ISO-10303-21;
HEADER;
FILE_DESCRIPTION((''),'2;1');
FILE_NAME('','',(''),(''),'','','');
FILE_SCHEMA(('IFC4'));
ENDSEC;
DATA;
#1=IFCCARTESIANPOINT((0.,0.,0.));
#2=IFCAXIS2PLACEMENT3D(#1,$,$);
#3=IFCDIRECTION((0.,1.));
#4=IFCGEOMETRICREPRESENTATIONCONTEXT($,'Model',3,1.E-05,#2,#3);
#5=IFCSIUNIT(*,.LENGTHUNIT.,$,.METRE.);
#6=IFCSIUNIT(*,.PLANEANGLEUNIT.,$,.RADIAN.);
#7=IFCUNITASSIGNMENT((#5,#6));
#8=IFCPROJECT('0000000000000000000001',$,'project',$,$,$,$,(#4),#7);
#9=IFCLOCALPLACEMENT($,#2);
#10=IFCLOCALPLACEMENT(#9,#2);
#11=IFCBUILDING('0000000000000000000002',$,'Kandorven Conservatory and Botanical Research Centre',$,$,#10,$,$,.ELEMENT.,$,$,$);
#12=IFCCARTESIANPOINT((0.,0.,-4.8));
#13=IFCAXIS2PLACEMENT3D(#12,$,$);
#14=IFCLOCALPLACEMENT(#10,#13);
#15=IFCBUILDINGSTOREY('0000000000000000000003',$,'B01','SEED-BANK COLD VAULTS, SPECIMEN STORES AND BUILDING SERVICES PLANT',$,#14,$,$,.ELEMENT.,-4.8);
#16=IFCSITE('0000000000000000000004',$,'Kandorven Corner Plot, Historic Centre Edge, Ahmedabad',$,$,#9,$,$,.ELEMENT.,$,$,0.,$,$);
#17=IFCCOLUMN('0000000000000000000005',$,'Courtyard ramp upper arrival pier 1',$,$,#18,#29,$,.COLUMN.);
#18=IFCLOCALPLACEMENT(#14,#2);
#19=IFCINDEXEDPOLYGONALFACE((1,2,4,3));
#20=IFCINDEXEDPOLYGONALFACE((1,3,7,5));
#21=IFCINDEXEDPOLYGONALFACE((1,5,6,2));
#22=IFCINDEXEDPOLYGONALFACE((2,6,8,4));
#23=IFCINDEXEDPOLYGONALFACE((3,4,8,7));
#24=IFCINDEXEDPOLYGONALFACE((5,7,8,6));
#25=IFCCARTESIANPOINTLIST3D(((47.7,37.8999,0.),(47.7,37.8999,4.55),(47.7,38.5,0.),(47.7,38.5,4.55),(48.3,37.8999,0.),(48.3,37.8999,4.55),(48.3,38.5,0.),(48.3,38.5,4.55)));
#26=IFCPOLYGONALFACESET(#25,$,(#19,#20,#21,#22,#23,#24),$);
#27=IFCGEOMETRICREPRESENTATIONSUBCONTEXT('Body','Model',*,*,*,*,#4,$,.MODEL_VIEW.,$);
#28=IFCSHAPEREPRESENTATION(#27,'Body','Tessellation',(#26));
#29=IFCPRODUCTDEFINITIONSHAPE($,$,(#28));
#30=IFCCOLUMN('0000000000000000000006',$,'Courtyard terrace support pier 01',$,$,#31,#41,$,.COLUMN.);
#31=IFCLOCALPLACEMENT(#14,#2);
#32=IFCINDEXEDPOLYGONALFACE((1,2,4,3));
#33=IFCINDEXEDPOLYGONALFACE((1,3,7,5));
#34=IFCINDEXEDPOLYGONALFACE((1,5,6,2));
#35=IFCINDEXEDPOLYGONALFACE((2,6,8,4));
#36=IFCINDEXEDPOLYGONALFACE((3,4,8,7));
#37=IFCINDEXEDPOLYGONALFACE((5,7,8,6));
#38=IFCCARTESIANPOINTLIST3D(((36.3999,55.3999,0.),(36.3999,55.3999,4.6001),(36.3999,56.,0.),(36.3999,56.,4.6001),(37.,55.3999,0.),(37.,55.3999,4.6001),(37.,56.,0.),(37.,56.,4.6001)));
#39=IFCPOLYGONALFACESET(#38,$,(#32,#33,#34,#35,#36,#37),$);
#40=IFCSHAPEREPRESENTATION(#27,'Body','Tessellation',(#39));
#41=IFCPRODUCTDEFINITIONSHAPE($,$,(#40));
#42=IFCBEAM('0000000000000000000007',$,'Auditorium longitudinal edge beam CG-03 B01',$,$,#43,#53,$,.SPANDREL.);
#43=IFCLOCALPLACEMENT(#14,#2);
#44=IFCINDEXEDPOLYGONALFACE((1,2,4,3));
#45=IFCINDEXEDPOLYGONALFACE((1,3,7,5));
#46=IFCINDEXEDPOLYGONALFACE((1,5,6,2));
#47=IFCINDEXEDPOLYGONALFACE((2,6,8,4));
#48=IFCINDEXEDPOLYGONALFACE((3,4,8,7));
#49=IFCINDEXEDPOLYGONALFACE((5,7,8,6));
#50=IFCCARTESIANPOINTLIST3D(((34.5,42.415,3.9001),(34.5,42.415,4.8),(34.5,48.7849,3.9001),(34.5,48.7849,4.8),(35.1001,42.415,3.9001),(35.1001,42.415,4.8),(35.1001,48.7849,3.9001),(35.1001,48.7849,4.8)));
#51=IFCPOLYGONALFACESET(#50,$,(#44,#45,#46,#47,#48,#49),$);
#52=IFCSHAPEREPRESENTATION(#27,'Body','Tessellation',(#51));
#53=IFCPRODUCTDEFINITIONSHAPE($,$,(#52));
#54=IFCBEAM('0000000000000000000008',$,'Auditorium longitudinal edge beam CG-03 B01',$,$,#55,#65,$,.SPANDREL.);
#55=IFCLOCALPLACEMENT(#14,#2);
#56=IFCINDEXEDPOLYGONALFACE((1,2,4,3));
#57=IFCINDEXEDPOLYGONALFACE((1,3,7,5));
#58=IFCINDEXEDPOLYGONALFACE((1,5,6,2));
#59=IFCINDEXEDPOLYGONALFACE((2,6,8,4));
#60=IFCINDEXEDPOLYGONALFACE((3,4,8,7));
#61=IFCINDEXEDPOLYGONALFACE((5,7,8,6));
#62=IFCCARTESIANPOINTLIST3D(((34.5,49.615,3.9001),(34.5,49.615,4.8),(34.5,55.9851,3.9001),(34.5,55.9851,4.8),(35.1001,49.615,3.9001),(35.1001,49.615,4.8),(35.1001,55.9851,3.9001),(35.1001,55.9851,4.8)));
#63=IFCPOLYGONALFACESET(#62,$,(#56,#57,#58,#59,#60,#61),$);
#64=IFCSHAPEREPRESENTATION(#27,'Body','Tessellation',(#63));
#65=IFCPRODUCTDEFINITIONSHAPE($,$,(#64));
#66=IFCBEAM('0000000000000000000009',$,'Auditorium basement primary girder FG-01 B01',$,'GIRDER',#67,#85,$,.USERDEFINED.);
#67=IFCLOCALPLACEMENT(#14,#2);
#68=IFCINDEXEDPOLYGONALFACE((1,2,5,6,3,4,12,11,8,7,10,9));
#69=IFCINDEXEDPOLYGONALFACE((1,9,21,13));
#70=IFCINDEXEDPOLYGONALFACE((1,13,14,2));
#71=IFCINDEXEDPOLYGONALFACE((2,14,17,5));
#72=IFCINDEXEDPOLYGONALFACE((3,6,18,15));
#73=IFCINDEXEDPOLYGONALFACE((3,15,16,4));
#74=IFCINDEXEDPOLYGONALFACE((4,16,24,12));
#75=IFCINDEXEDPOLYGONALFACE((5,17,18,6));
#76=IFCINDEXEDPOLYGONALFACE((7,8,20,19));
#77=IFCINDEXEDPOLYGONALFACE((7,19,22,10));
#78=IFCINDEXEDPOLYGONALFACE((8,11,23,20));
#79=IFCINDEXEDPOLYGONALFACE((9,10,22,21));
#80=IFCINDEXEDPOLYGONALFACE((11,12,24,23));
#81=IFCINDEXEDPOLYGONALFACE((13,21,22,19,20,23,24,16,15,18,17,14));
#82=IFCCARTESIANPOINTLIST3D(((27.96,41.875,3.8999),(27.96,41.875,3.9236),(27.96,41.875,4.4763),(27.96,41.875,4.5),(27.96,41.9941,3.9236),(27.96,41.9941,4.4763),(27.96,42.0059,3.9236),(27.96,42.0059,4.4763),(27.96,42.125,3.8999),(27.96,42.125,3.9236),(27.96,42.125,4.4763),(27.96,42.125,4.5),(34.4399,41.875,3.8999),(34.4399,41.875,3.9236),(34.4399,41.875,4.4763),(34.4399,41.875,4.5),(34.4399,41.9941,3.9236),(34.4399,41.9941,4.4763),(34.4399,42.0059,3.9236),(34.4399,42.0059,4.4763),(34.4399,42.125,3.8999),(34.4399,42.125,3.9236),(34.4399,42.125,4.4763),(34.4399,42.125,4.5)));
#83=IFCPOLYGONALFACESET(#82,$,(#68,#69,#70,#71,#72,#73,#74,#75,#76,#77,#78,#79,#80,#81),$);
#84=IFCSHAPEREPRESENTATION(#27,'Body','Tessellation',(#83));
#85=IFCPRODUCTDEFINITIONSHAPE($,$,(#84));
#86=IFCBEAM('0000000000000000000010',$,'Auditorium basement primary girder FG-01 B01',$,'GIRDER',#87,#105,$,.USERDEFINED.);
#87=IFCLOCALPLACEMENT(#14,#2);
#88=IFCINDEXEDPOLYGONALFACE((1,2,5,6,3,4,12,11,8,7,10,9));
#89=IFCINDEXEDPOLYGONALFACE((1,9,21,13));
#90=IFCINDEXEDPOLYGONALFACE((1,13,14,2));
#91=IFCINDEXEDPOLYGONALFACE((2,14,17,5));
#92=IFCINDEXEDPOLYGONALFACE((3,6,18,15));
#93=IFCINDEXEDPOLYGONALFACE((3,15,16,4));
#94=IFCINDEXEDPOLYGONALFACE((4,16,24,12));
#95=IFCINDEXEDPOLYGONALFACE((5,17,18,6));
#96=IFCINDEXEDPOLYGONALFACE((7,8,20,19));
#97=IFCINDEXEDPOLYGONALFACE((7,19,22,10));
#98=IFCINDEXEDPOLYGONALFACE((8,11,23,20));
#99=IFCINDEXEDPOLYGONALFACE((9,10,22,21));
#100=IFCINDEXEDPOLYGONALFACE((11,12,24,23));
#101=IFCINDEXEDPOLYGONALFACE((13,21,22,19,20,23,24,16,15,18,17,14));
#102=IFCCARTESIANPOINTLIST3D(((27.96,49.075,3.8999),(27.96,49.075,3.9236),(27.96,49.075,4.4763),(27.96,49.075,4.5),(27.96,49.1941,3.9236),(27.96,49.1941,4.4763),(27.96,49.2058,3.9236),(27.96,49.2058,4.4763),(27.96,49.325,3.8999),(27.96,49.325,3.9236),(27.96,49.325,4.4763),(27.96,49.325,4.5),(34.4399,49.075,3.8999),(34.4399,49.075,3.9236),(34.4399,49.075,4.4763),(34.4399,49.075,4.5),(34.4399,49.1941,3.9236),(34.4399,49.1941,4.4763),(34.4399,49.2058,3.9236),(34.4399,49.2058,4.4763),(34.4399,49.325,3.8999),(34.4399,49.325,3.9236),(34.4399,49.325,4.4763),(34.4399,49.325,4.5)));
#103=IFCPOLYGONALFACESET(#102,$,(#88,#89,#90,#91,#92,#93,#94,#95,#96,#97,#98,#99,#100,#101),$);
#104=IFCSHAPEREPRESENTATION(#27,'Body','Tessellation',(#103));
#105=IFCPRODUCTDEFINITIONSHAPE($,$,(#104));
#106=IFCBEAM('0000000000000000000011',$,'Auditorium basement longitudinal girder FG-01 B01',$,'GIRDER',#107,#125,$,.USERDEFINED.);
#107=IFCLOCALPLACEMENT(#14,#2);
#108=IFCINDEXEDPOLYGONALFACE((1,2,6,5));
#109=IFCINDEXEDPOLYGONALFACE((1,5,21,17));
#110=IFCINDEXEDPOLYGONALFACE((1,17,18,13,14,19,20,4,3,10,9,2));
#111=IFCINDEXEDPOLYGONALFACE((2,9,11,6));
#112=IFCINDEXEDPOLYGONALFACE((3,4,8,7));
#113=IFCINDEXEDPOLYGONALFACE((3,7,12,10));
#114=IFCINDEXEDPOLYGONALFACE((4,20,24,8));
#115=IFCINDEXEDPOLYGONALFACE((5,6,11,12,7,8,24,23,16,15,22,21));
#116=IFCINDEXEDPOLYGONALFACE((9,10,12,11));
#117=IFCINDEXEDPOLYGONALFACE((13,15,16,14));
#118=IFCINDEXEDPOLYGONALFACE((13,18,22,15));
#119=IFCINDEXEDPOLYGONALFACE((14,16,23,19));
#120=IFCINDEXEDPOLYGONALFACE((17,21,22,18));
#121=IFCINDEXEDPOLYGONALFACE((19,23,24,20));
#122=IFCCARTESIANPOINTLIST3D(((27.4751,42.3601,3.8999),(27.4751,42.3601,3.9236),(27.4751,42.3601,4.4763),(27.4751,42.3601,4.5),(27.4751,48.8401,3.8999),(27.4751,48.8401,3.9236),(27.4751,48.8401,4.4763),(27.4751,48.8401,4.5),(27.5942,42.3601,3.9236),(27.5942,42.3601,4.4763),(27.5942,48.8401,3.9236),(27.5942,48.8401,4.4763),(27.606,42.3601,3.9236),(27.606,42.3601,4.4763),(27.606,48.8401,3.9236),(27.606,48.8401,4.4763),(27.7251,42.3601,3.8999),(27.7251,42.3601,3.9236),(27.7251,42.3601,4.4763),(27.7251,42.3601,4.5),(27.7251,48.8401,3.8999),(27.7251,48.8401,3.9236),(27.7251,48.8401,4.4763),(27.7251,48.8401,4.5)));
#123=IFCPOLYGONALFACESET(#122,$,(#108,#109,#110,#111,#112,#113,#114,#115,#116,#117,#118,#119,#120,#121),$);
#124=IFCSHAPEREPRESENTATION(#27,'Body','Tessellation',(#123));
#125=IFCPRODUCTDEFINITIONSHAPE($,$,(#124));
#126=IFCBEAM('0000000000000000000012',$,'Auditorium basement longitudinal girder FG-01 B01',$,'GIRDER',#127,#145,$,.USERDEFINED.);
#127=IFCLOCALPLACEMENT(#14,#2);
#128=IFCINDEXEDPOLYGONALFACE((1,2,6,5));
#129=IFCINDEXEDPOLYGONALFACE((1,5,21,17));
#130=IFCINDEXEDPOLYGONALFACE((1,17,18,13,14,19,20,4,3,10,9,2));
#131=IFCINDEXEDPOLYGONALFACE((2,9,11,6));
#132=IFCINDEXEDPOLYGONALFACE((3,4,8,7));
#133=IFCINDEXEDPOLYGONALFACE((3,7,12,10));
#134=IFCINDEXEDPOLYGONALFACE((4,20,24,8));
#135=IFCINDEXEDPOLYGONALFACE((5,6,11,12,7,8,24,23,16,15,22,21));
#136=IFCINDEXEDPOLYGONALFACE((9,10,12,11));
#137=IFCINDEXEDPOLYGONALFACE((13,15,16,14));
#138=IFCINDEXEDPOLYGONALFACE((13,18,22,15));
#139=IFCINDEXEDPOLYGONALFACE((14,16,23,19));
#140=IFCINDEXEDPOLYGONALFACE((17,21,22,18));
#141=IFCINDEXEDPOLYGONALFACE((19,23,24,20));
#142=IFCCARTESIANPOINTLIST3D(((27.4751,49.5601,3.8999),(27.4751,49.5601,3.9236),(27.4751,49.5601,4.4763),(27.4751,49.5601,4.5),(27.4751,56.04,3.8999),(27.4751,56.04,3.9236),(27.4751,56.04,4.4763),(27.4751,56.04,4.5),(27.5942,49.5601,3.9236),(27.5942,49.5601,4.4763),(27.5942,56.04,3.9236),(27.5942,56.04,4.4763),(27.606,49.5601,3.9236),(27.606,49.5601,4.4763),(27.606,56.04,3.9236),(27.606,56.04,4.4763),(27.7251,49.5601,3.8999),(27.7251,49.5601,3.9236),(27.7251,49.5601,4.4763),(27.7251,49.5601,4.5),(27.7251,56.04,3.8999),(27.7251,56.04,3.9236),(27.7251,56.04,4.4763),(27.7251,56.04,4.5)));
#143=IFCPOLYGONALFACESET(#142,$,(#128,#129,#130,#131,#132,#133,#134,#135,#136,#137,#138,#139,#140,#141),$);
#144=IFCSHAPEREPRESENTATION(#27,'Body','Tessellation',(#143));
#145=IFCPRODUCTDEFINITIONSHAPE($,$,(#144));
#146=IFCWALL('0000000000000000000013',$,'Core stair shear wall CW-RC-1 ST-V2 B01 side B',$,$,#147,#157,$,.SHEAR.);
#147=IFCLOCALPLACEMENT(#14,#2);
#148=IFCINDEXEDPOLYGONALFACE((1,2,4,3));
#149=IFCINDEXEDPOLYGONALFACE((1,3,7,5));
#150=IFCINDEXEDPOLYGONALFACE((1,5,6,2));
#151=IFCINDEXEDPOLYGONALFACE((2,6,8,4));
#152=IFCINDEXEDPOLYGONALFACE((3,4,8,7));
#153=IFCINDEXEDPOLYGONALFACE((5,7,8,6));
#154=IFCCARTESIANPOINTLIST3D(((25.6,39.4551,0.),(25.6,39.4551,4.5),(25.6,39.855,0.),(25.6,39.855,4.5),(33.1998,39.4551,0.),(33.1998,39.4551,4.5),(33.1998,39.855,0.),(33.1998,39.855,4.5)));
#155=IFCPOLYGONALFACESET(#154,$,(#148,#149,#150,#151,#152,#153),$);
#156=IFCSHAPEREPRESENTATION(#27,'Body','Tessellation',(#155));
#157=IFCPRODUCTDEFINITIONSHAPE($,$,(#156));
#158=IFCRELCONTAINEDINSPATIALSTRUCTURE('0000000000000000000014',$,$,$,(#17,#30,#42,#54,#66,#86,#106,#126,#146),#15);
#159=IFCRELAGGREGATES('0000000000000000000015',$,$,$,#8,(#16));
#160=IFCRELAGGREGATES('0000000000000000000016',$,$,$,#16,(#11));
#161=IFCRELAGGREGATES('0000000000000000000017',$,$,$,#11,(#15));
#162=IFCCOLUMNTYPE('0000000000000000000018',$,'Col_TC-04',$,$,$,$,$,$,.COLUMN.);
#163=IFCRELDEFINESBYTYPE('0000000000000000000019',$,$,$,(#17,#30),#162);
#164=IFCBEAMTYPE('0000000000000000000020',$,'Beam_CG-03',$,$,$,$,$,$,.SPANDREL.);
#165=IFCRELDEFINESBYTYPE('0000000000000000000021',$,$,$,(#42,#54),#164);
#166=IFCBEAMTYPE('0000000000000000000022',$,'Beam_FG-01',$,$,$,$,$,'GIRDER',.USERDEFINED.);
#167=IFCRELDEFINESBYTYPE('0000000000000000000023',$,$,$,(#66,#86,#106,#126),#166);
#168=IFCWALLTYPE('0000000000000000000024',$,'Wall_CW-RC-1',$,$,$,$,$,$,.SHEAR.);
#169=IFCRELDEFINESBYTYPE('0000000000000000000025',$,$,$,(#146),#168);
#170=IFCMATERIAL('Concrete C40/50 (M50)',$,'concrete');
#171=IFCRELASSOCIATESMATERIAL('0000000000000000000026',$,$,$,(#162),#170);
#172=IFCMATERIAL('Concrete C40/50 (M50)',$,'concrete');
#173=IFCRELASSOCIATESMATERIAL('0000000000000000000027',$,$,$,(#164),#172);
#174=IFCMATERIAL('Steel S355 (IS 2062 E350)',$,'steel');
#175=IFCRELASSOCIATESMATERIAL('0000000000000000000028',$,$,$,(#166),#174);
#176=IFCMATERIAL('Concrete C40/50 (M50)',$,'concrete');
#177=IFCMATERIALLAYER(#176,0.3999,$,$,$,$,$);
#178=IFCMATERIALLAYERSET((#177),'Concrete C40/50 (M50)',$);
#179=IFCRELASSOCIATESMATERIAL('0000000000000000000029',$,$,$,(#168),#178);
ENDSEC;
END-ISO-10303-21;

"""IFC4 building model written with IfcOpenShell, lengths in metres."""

from ifc_helpers import new_model, si_unit, direction, frame, frame_2d, origin, origin_2d, place, context, subcontext, project, spatial, rectangle, i_section, extrude, material, layer, layer_set, material_profile, profile_set, type_object, element, save


model = new_model("IFC4")

# Units and contexts
model_context = context("Model", 3, precision=1e-05, world=origin(), true_north=direction((0.0, 1.0)))
body_context = subcontext(model_context, "Body", "Model", "MODEL_VIEW")
ifc_project = project(units=[si_unit("LENGTHUNIT", "METRE"), si_unit("PLANEANGLEUNIT", "RADIAN")], contexts=[model_context])

# Site, building, storey
site_placement = place(None, origin())
site = spatial("IfcSite", under=ifc_project, at=site_placement, Name="Kandorven Corner Plot, Historic Centre Edge, Ahmedabad", CompositionType="ELEMENT", RefElevation=0.0)
building_placement = place(site_placement, origin())
building = spatial("IfcBuilding", under=site, at=building_placement, Name="Kandorven Conservatory and Botanical Research Centre", CompositionType="ELEMENT")
storey_placement = place(building_placement, frame((0.0, 0.0, -4.8)))
storey = spatial("IfcBuildingStorey", under=building, at=storey_placement, Name="B01", Description="SEED-BANK COLD VAULTS, SPECIMEN STORES AND BUILDING SERVICES PLANT", CompositionType="ELEMENT", Elevation=-4.8)

# Columns
ifc_material_1 = material(Name="Concrete C40/50 (M50)", Category="concrete")
ifc_material_profile_1 = material_profile(ifc_material_1, rectangle(XDim=0.6001, YDim=0.6001, at=origin_2d()))
ifc_profile_set_1 = profile_set([ifc_material_profile_1], Name="Concrete C40/50 (M50)")
column_type_1 = type_object("IfcColumnType", Name="Col_TC-04", PredefinedType="COLUMN", material=ifc_profile_set_1)
column_1_placement = place(storey_placement, frame((48.0, 38.2, 0.0), z_axis=(0.0, 0.0, 1.0), x_axis=(1.0, 0.0, 0.0)))
element("IfcColumn", 1, at=column_1_placement, inside=storey, type_object=column_type_1, Name="Courtyard ramp upper arrival pier 1", PredefinedType="COLUMN", context=body_context, shape_type="SweptSolid", body=[
    extrude(rectangle(XDim=0.6001, YDim=0.6001, at=origin_2d()), origin(), (0.0, 0.0, 1.0), 4.55),
])
column_2_placement = place(storey_placement, frame((36.7, 55.7, 0.0), z_axis=(0.0, 0.0, 1.0), x_axis=(1.0, 0.0, 0.0)))
element("IfcColumn", 2, at=column_2_placement, inside=storey, type_object=column_type_1, Name="Courtyard terrace support pier 01", PredefinedType="COLUMN", context=body_context, shape_type="SweptSolid", body=[
    extrude(rectangle(XDim=0.6001, YDim=0.6001, at=origin_2d()), origin(), (0.0, 0.0, 1.0), 4.6001),
])

# Beams
ifc_material_2 = material(Name="Concrete C40/50 (M50)", Category="concrete")
ifc_material_profile_2 = material_profile(ifc_material_2, rectangle(XDim=0.6001, YDim=0.8999, at=origin_2d()))
ifc_profile_set_2 = profile_set([ifc_material_profile_2], Name="Concrete C40/50 (M50)")
beam_type_1 = type_object("IfcBeamType", Name="Beam_CG-03", PredefinedType="SPANDREL", material=ifc_profile_set_2)
beam_1_placement = place(storey_placement, frame((34.8, 42.415, 4.3501), z_axis=(0.0, 1.0, 0.0), x_axis=(-1.0, 0.0, 0.0)))
element("IfcBeam", 3, at=beam_1_placement, inside=storey, type_object=beam_type_1, Name="Auditorium longitudinal edge beam CG-03 B01", PredefinedType="SPANDREL", context=body_context, shape_type="SweptSolid", body=[
    extrude(rectangle(XDim=0.6001, YDim=0.8999, at=origin_2d()), origin(), (0.0, 0.0, 1.0), 6.3699),
])
beam_2_placement = place(storey_placement, frame((34.8, 49.615, 4.3501), z_axis=(0.0, 1.0, 0.0), x_axis=(-1.0, 0.0, 0.0)))
element("IfcBeam", 4, at=beam_2_placement, inside=storey, type_object=beam_type_1, Name="Auditorium longitudinal edge beam CG-03 B01", PredefinedType="SPANDREL", context=body_context, shape_type="SweptSolid", body=[
    extrude(rectangle(XDim=0.6001, YDim=0.8999, at=origin_2d()), origin(), (0.0, 0.0, 1.0), 6.3701),
])
ifc_material_3 = material(Name="Steel S355 (IS 2062 E350)", Category="steel")
ifc_material_profile_3 = material_profile(ifc_material_3, i_section(OverallWidth=0.25, OverallDepth=0.6001, WebThickness=0.0117, FlangeThickness=0.0237, at=origin_2d()))
ifc_profile_set_3 = profile_set([ifc_material_profile_3], Name="Steel S355 (IS 2062 E350)")
beam_type_2 = type_object("IfcBeamType", Name="Beam_FG-01", ElementType="GIRDER", PredefinedType="USERDEFINED", material=ifc_profile_set_3)
for number, where, z_axis, x_axis, name in (
    (5, (27.96, 42.0, 4.2), (1.0, 0.0, 0.0), (0.0, 1.0, 0.0), "Auditorium basement primary girder FG-01 B01"),
    (6, (27.96, 49.2, 4.2), (1.0, 0.0, 0.0), (0.0, 1.0, 0.0), "Auditorium basement primary girder FG-01 B01"),
    (7, (27.6001, 42.3601, 4.2), (0.0, 1.0, 0.0), (-1.0, 0.0, 0.0), "Auditorium basement longitudinal girder FG-01 B01"),
    (8, (27.6001, 49.5601, 4.2), (0.0, 1.0, 0.0), (-1.0, 0.0, 0.0), "Auditorium basement longitudinal girder FG-01 B01"),
):
    element("IfcBeam", number, at=place(storey_placement, frame(where, z_axis=z_axis, x_axis=x_axis)), inside=storey, type_object=beam_type_2, Name=name, ObjectType="GIRDER", PredefinedType="USERDEFINED", context=body_context, shape_type="SweptSolid", body=[
        extrude(i_section(OverallWidth=0.25, OverallDepth=0.6001, WebThickness=0.0117, FlangeThickness=0.0237, at=origin_2d()), origin(), (0.0, 0.0, 1.0), 6.48),
    ])

# Wall
ifc_material_4 = material(Name="Concrete C40/50 (M50)", Category="concrete")
ifc_layer_1 = layer(ifc_material_4, 0.3999)
ifc_layer_set_1 = layer_set([ifc_layer_1], Name="Concrete C40/50 (M50)")
wall_type = type_object("IfcWallType", Name="Wall_CW-RC-1", PredefinedType="SHEAR", material=ifc_layer_set_1)
wall_placement = place(storey_placement, frame((25.6001, 39.655, 0.0), z_axis=(0.0, 0.0, 1.0), x_axis=(1.0, 0.0, 0.0)))
element("IfcWall", 9, at=wall_placement, inside=storey, type_object=wall_type, Name="Core stair shear wall CW-RC-1 ST-V2 B01 side B", PredefinedType="SHEAR", context=body_context, shape_type="SweptSolid", body=[
    extrude(rectangle(XDim=7.5999, YDim=0.3999, at=frame_2d((3.7998, 0.0))), origin(), (0.0, 0.0, 1.0), 4.5),
])

save(model, "model.ifc")
